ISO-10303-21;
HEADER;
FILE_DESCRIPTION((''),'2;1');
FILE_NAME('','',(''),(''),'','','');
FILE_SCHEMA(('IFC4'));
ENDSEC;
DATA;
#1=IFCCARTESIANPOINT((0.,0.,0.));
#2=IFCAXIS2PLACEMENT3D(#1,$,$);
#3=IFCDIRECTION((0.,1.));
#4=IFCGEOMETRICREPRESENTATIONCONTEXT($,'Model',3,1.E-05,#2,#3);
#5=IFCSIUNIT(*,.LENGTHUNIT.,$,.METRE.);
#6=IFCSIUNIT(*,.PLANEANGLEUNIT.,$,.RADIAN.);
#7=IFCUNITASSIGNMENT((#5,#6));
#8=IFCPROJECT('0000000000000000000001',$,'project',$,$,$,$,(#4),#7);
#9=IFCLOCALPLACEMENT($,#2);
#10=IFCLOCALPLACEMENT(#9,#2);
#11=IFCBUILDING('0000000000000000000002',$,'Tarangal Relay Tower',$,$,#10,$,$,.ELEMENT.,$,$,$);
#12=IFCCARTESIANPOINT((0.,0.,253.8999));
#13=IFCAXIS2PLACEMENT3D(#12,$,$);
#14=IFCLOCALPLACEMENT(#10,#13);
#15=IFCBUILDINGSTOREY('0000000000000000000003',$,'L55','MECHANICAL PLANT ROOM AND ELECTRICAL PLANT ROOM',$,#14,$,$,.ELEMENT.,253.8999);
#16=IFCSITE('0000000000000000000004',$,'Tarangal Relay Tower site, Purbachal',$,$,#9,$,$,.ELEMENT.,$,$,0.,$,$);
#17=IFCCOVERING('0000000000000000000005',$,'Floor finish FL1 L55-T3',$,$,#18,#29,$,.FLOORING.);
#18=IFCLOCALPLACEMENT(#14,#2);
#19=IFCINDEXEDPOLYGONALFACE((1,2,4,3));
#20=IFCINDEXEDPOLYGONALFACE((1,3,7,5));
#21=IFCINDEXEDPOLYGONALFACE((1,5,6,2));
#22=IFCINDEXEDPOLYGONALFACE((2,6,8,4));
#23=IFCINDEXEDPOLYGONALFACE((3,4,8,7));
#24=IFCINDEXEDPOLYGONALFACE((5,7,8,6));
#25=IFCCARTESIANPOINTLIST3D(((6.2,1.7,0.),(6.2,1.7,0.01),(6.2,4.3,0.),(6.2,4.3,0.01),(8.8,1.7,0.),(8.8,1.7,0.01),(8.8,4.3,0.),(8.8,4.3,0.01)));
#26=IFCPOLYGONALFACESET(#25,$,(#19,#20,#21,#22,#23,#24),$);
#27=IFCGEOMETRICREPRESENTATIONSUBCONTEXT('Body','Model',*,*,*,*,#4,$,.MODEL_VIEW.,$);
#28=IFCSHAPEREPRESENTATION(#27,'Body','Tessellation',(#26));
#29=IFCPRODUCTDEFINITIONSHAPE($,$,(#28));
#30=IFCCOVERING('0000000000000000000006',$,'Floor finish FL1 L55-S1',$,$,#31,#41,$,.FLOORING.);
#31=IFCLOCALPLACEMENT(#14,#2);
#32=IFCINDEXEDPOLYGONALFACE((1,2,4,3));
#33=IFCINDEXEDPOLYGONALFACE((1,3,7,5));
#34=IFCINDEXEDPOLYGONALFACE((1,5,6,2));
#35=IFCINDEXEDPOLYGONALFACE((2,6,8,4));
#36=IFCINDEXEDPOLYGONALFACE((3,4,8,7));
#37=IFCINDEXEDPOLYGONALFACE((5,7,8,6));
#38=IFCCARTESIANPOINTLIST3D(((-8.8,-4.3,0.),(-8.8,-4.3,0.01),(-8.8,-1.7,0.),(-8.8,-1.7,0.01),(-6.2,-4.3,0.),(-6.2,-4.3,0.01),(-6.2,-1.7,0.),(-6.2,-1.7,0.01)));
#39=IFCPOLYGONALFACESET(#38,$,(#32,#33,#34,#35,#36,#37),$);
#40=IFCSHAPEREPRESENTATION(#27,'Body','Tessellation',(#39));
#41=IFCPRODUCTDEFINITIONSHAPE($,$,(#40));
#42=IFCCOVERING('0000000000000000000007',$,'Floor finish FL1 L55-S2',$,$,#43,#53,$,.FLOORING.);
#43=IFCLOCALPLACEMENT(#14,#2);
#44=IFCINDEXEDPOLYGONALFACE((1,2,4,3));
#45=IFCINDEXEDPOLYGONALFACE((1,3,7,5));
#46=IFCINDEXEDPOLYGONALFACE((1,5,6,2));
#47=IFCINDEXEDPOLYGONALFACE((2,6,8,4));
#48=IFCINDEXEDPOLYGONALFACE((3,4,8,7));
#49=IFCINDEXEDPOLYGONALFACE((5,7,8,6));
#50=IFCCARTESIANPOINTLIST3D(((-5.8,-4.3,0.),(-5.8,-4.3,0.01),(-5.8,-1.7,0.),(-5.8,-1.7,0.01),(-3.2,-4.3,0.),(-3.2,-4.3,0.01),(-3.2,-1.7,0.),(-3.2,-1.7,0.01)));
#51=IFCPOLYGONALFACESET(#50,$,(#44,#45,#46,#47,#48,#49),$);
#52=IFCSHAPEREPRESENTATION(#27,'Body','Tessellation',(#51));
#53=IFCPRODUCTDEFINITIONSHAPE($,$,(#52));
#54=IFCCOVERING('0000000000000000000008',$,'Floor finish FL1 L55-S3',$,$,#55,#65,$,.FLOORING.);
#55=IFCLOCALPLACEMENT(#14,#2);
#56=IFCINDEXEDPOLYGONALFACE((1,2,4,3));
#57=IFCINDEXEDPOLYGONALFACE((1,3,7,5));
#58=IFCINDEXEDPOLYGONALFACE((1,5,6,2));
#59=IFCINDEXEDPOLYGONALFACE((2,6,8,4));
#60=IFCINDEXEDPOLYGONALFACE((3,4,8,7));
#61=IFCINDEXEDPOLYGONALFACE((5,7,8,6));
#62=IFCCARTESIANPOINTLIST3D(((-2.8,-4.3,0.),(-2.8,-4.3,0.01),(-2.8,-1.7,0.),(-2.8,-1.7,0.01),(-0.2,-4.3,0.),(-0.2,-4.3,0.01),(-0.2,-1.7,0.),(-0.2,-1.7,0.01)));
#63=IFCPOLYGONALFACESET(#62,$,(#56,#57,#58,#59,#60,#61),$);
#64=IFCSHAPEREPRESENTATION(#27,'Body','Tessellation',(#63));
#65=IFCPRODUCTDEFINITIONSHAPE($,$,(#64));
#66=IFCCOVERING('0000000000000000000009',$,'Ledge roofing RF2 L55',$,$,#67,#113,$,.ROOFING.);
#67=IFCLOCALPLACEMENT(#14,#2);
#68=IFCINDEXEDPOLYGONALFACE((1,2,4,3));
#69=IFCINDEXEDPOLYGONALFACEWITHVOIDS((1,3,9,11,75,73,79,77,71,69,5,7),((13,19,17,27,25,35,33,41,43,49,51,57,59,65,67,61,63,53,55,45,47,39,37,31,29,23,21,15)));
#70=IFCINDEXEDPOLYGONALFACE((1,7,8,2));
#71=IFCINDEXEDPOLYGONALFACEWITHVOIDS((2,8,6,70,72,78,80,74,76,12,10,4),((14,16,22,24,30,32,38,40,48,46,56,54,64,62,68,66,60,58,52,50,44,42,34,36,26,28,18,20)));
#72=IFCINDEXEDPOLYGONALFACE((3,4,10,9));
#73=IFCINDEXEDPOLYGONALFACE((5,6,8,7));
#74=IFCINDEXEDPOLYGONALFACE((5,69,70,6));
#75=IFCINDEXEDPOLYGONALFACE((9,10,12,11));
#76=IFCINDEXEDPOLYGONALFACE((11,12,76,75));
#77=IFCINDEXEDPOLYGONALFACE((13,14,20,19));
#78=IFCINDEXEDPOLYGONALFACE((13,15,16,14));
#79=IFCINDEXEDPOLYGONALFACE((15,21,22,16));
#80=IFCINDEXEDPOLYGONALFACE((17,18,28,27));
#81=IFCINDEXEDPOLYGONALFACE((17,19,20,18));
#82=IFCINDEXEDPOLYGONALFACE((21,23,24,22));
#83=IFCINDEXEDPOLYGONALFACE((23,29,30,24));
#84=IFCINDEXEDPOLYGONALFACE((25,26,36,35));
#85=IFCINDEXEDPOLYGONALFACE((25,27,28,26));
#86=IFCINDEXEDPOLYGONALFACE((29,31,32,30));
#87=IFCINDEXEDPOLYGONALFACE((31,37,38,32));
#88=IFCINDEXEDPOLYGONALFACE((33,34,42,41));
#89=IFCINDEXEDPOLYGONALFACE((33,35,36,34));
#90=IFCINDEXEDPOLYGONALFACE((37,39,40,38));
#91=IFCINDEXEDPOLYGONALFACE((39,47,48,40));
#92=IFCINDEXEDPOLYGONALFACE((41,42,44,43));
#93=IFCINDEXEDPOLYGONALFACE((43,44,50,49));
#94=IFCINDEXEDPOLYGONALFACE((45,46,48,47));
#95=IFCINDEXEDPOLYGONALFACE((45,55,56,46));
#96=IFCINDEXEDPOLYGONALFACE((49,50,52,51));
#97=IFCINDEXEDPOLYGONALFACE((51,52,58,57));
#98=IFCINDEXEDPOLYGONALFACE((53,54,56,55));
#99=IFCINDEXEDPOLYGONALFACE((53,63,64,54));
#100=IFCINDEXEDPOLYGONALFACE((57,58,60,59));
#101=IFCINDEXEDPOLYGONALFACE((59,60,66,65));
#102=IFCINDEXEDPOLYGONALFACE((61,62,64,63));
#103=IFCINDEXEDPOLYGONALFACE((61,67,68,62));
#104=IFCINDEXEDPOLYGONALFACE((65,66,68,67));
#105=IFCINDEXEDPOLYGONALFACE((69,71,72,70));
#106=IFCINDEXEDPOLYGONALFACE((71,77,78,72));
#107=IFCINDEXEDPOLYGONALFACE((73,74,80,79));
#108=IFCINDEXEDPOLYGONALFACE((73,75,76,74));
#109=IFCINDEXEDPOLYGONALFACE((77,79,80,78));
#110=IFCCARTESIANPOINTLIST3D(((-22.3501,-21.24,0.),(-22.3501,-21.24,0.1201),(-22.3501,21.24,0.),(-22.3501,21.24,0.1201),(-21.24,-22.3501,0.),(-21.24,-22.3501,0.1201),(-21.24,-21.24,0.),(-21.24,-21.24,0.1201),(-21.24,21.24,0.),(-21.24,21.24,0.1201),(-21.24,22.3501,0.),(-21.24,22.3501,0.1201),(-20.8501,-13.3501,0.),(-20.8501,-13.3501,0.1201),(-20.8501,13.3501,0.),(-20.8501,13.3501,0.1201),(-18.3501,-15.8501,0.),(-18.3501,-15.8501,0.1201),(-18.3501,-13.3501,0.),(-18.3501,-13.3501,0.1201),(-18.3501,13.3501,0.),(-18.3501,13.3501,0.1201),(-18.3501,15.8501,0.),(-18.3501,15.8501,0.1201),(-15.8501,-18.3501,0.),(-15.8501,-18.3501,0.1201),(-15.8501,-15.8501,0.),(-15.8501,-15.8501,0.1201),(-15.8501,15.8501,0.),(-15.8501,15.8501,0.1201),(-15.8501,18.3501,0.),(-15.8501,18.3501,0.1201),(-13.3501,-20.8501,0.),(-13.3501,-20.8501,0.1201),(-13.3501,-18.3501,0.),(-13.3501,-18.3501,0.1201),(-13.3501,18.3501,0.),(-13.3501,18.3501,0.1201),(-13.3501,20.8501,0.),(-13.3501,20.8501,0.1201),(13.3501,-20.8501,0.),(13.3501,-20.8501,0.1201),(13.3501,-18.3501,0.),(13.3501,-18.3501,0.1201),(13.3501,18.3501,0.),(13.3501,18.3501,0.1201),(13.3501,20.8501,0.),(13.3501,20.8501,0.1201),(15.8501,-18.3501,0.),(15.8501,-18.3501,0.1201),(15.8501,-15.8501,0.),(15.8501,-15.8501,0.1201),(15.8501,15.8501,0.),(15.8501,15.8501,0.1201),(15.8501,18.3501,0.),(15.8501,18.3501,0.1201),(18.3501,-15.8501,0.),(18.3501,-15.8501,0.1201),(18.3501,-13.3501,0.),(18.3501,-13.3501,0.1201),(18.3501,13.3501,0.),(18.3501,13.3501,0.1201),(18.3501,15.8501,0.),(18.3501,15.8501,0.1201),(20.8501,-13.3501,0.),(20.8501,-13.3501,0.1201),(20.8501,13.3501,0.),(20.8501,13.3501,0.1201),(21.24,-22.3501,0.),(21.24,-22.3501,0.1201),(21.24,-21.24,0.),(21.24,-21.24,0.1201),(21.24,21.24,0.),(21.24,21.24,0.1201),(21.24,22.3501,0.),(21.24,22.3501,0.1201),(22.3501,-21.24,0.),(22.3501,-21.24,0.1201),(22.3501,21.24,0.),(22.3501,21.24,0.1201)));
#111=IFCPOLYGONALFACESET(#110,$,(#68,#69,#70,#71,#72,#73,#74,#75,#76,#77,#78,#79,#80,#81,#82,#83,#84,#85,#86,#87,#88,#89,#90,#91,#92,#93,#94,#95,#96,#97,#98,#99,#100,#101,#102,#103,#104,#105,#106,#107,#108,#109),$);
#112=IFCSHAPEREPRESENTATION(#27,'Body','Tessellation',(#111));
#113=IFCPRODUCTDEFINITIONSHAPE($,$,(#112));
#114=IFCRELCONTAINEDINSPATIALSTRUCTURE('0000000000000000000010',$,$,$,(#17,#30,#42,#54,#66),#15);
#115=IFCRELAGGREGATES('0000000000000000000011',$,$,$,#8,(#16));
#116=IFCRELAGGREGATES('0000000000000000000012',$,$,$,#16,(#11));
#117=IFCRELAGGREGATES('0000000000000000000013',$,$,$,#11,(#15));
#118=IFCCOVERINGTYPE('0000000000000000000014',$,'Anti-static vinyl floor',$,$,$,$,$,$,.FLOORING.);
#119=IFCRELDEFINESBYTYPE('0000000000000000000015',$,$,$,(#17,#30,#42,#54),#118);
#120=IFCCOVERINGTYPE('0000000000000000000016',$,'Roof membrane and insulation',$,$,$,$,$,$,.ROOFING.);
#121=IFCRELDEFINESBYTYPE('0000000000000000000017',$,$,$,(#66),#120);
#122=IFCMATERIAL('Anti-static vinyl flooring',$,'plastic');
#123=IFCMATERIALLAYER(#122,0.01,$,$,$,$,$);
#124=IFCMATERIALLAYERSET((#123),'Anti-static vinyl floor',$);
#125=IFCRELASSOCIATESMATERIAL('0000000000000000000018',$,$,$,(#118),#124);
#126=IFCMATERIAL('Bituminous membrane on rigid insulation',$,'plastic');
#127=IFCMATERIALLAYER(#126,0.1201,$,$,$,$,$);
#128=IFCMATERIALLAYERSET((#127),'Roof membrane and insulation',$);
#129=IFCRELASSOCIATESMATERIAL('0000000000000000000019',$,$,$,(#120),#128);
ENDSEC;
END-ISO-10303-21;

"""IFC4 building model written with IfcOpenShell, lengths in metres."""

from ifc_helpers import new_model, si_unit, direction, frame, origin, place, context, subcontext, project, spatial, polyline, outline, extrude, material, layer, layer_set, type_object, element, save


model = new_model("IFC4")

# Units and contexts
model_context = context("Model", 3, precision=1e-05, world=origin(), true_north=direction((0.0, 1.0)))
body_context = subcontext(model_context, "Body", "Model", "MODEL_VIEW")
ifc_project = project(units=[si_unit("LENGTHUNIT", "METRE"), si_unit("PLANEANGLEUNIT", "RADIAN")], contexts=[model_context])

# Site, building, storey
site_placement = place(None, origin())
site = spatial("IfcSite", under=ifc_project, at=site_placement, Name="Tarangal Relay Tower site, Purbachal", CompositionType="ELEMENT", RefElevation=0.0)
building_placement = place(site_placement, origin())
building = spatial("IfcBuilding", under=site, at=building_placement, Name="Tarangal Relay Tower", CompositionType="ELEMENT")
storey_placement = place(building_placement, frame((0.0, 0.0, 253.8999)))
storey = spatial("IfcBuildingStorey", under=building, at=storey_placement, Name="L55", Description="MECHANICAL PLANT ROOM AND ELECTRICAL PLANT ROOM", CompositionType="ELEMENT", Elevation=253.8999)

# Coverings
ifc_material_1 = material(Name="Anti-static vinyl flooring", Category="plastic")
ifc_layer_1 = layer(ifc_material_1, 0.01)
ifc_layer_set_1 = layer_set([ifc_layer_1], Name="Anti-static vinyl floor")
covering_type_1 = type_object("IfcCoveringType", Name="Anti-static vinyl floor", PredefinedType="FLOORING", material=ifc_layer_set_1)
covering_1_placement = place(storey_placement, origin())
element("IfcCovering", 1, at=covering_1_placement, inside=storey, type_object=covering_type_1, Name="Floor finish FL1 L55-T3", PredefinedType="FLOORING", context=body_context, shape_type="SweptSolid", body=[
    extrude(outline(polyline([(6.2, 1.7), (8.8, 1.7), (8.8, 4.3), (6.2, 4.3), (6.2, 1.7)])), origin(), (0.0, 0.0, 1.0), 0.01),
])
covering_2_placement = place(storey_placement, origin())
element("IfcCovering", 2, at=covering_2_placement, inside=storey, type_object=covering_type_1, Name="Floor finish FL1 L55-S1", PredefinedType="FLOORING", context=body_context, shape_type="SweptSolid", body=[
    extrude(outline(polyline([(-8.8, -4.3), (-6.2, -4.3), (-6.2, -1.7), (-8.8, -1.7), (-8.8, -4.3)])), origin(), (0.0, 0.0, 1.0), 0.01),
])
covering_3_placement = place(storey_placement, origin())
element("IfcCovering", 3, at=covering_3_placement, inside=storey, type_object=covering_type_1, Name="Floor finish FL1 L55-S2", PredefinedType="FLOORING", context=body_context, shape_type="SweptSolid", body=[
    extrude(outline(polyline([(-5.8, -4.3), (-3.2, -4.3), (-3.2, -1.7), (-5.8, -1.7), (-5.8, -4.3)])), origin(), (0.0, 0.0, 1.0), 0.01),
])
covering_4_placement = place(storey_placement, origin())
element("IfcCovering", 4, at=covering_4_placement, inside=storey, type_object=covering_type_1, Name="Floor finish FL1 L55-S3", PredefinedType="FLOORING", context=body_context, shape_type="SweptSolid", body=[
    extrude(outline(polyline([(-2.8, -4.3), (-0.2, -4.3), (-0.2, -1.7), (-2.8, -1.7), (-2.8, -4.3)])), origin(), (0.0, 0.0, 1.0), 0.01),
])
ifc_material_2 = material(Name="Bituminous membrane on rigid insulation", Category="plastic")
ifc_layer_2 = layer(ifc_material_2, 0.1201)
ifc_layer_set_2 = layer_set([ifc_layer_2], Name="Roof membrane and insulation")
covering_type_2 = type_object("IfcCoveringType", Name="Roof membrane and insulation", PredefinedType="ROOFING", material=ifc_layer_set_2)
covering_5_placement = place(storey_placement, origin())
element("IfcCovering", 5, at=covering_5_placement, inside=storey, type_object=covering_type_2, Name="Ledge roofing RF2 L55", PredefinedType="ROOFING", context=body_context, shape_type="SweptSolid", body=[
    extrude(outline(polyline([(22.3501, -21.24), (22.3501, 21.24), (21.24, 21.24), (21.24, 22.3501), (-21.24, 22.3501), (-21.24, 21.24), (-22.3501, 21.24), (-22.3501, -21.24), (-21.24, -21.24), (-21.24, -22.3501), (21.24, -22.3501), (21.24, -21.24), (22.3501, -21.24)]), holes=[polyline([(-20.8501, 13.3501), (-20.8501, -13.3501), (-18.3501, -13.3501), (-18.3501, -15.8501), (-15.8501, -15.8501), (-15.8501, -18.3501), (-13.3501, -18.3501), (-13.3501, -20.8501), (13.3501, -20.8501), (13.3501, -18.3501), (15.8501, -18.3501), (15.8501, -15.8501), (18.3501, -15.8501), (18.3501, -13.3501), (20.8501, -13.3501), (20.8501, 13.3501), (18.3501, 13.3501), (18.3501, 15.8501), (15.8501, 15.8501), (15.8501, 18.3501), (13.3501, 18.3501), (13.3501, 20.8501), (-13.3501, 20.8501), (-13.3501, 18.3501), (-15.8501, 18.3501), (-15.8501, 15.8501), (-18.3501, 15.8501), (-18.3501, 13.3501), (-20.8501, 13.3501)])]), origin(), (0.0, 0.0, 1.0), 0.1201),
])

save(model, "model.ifc")
